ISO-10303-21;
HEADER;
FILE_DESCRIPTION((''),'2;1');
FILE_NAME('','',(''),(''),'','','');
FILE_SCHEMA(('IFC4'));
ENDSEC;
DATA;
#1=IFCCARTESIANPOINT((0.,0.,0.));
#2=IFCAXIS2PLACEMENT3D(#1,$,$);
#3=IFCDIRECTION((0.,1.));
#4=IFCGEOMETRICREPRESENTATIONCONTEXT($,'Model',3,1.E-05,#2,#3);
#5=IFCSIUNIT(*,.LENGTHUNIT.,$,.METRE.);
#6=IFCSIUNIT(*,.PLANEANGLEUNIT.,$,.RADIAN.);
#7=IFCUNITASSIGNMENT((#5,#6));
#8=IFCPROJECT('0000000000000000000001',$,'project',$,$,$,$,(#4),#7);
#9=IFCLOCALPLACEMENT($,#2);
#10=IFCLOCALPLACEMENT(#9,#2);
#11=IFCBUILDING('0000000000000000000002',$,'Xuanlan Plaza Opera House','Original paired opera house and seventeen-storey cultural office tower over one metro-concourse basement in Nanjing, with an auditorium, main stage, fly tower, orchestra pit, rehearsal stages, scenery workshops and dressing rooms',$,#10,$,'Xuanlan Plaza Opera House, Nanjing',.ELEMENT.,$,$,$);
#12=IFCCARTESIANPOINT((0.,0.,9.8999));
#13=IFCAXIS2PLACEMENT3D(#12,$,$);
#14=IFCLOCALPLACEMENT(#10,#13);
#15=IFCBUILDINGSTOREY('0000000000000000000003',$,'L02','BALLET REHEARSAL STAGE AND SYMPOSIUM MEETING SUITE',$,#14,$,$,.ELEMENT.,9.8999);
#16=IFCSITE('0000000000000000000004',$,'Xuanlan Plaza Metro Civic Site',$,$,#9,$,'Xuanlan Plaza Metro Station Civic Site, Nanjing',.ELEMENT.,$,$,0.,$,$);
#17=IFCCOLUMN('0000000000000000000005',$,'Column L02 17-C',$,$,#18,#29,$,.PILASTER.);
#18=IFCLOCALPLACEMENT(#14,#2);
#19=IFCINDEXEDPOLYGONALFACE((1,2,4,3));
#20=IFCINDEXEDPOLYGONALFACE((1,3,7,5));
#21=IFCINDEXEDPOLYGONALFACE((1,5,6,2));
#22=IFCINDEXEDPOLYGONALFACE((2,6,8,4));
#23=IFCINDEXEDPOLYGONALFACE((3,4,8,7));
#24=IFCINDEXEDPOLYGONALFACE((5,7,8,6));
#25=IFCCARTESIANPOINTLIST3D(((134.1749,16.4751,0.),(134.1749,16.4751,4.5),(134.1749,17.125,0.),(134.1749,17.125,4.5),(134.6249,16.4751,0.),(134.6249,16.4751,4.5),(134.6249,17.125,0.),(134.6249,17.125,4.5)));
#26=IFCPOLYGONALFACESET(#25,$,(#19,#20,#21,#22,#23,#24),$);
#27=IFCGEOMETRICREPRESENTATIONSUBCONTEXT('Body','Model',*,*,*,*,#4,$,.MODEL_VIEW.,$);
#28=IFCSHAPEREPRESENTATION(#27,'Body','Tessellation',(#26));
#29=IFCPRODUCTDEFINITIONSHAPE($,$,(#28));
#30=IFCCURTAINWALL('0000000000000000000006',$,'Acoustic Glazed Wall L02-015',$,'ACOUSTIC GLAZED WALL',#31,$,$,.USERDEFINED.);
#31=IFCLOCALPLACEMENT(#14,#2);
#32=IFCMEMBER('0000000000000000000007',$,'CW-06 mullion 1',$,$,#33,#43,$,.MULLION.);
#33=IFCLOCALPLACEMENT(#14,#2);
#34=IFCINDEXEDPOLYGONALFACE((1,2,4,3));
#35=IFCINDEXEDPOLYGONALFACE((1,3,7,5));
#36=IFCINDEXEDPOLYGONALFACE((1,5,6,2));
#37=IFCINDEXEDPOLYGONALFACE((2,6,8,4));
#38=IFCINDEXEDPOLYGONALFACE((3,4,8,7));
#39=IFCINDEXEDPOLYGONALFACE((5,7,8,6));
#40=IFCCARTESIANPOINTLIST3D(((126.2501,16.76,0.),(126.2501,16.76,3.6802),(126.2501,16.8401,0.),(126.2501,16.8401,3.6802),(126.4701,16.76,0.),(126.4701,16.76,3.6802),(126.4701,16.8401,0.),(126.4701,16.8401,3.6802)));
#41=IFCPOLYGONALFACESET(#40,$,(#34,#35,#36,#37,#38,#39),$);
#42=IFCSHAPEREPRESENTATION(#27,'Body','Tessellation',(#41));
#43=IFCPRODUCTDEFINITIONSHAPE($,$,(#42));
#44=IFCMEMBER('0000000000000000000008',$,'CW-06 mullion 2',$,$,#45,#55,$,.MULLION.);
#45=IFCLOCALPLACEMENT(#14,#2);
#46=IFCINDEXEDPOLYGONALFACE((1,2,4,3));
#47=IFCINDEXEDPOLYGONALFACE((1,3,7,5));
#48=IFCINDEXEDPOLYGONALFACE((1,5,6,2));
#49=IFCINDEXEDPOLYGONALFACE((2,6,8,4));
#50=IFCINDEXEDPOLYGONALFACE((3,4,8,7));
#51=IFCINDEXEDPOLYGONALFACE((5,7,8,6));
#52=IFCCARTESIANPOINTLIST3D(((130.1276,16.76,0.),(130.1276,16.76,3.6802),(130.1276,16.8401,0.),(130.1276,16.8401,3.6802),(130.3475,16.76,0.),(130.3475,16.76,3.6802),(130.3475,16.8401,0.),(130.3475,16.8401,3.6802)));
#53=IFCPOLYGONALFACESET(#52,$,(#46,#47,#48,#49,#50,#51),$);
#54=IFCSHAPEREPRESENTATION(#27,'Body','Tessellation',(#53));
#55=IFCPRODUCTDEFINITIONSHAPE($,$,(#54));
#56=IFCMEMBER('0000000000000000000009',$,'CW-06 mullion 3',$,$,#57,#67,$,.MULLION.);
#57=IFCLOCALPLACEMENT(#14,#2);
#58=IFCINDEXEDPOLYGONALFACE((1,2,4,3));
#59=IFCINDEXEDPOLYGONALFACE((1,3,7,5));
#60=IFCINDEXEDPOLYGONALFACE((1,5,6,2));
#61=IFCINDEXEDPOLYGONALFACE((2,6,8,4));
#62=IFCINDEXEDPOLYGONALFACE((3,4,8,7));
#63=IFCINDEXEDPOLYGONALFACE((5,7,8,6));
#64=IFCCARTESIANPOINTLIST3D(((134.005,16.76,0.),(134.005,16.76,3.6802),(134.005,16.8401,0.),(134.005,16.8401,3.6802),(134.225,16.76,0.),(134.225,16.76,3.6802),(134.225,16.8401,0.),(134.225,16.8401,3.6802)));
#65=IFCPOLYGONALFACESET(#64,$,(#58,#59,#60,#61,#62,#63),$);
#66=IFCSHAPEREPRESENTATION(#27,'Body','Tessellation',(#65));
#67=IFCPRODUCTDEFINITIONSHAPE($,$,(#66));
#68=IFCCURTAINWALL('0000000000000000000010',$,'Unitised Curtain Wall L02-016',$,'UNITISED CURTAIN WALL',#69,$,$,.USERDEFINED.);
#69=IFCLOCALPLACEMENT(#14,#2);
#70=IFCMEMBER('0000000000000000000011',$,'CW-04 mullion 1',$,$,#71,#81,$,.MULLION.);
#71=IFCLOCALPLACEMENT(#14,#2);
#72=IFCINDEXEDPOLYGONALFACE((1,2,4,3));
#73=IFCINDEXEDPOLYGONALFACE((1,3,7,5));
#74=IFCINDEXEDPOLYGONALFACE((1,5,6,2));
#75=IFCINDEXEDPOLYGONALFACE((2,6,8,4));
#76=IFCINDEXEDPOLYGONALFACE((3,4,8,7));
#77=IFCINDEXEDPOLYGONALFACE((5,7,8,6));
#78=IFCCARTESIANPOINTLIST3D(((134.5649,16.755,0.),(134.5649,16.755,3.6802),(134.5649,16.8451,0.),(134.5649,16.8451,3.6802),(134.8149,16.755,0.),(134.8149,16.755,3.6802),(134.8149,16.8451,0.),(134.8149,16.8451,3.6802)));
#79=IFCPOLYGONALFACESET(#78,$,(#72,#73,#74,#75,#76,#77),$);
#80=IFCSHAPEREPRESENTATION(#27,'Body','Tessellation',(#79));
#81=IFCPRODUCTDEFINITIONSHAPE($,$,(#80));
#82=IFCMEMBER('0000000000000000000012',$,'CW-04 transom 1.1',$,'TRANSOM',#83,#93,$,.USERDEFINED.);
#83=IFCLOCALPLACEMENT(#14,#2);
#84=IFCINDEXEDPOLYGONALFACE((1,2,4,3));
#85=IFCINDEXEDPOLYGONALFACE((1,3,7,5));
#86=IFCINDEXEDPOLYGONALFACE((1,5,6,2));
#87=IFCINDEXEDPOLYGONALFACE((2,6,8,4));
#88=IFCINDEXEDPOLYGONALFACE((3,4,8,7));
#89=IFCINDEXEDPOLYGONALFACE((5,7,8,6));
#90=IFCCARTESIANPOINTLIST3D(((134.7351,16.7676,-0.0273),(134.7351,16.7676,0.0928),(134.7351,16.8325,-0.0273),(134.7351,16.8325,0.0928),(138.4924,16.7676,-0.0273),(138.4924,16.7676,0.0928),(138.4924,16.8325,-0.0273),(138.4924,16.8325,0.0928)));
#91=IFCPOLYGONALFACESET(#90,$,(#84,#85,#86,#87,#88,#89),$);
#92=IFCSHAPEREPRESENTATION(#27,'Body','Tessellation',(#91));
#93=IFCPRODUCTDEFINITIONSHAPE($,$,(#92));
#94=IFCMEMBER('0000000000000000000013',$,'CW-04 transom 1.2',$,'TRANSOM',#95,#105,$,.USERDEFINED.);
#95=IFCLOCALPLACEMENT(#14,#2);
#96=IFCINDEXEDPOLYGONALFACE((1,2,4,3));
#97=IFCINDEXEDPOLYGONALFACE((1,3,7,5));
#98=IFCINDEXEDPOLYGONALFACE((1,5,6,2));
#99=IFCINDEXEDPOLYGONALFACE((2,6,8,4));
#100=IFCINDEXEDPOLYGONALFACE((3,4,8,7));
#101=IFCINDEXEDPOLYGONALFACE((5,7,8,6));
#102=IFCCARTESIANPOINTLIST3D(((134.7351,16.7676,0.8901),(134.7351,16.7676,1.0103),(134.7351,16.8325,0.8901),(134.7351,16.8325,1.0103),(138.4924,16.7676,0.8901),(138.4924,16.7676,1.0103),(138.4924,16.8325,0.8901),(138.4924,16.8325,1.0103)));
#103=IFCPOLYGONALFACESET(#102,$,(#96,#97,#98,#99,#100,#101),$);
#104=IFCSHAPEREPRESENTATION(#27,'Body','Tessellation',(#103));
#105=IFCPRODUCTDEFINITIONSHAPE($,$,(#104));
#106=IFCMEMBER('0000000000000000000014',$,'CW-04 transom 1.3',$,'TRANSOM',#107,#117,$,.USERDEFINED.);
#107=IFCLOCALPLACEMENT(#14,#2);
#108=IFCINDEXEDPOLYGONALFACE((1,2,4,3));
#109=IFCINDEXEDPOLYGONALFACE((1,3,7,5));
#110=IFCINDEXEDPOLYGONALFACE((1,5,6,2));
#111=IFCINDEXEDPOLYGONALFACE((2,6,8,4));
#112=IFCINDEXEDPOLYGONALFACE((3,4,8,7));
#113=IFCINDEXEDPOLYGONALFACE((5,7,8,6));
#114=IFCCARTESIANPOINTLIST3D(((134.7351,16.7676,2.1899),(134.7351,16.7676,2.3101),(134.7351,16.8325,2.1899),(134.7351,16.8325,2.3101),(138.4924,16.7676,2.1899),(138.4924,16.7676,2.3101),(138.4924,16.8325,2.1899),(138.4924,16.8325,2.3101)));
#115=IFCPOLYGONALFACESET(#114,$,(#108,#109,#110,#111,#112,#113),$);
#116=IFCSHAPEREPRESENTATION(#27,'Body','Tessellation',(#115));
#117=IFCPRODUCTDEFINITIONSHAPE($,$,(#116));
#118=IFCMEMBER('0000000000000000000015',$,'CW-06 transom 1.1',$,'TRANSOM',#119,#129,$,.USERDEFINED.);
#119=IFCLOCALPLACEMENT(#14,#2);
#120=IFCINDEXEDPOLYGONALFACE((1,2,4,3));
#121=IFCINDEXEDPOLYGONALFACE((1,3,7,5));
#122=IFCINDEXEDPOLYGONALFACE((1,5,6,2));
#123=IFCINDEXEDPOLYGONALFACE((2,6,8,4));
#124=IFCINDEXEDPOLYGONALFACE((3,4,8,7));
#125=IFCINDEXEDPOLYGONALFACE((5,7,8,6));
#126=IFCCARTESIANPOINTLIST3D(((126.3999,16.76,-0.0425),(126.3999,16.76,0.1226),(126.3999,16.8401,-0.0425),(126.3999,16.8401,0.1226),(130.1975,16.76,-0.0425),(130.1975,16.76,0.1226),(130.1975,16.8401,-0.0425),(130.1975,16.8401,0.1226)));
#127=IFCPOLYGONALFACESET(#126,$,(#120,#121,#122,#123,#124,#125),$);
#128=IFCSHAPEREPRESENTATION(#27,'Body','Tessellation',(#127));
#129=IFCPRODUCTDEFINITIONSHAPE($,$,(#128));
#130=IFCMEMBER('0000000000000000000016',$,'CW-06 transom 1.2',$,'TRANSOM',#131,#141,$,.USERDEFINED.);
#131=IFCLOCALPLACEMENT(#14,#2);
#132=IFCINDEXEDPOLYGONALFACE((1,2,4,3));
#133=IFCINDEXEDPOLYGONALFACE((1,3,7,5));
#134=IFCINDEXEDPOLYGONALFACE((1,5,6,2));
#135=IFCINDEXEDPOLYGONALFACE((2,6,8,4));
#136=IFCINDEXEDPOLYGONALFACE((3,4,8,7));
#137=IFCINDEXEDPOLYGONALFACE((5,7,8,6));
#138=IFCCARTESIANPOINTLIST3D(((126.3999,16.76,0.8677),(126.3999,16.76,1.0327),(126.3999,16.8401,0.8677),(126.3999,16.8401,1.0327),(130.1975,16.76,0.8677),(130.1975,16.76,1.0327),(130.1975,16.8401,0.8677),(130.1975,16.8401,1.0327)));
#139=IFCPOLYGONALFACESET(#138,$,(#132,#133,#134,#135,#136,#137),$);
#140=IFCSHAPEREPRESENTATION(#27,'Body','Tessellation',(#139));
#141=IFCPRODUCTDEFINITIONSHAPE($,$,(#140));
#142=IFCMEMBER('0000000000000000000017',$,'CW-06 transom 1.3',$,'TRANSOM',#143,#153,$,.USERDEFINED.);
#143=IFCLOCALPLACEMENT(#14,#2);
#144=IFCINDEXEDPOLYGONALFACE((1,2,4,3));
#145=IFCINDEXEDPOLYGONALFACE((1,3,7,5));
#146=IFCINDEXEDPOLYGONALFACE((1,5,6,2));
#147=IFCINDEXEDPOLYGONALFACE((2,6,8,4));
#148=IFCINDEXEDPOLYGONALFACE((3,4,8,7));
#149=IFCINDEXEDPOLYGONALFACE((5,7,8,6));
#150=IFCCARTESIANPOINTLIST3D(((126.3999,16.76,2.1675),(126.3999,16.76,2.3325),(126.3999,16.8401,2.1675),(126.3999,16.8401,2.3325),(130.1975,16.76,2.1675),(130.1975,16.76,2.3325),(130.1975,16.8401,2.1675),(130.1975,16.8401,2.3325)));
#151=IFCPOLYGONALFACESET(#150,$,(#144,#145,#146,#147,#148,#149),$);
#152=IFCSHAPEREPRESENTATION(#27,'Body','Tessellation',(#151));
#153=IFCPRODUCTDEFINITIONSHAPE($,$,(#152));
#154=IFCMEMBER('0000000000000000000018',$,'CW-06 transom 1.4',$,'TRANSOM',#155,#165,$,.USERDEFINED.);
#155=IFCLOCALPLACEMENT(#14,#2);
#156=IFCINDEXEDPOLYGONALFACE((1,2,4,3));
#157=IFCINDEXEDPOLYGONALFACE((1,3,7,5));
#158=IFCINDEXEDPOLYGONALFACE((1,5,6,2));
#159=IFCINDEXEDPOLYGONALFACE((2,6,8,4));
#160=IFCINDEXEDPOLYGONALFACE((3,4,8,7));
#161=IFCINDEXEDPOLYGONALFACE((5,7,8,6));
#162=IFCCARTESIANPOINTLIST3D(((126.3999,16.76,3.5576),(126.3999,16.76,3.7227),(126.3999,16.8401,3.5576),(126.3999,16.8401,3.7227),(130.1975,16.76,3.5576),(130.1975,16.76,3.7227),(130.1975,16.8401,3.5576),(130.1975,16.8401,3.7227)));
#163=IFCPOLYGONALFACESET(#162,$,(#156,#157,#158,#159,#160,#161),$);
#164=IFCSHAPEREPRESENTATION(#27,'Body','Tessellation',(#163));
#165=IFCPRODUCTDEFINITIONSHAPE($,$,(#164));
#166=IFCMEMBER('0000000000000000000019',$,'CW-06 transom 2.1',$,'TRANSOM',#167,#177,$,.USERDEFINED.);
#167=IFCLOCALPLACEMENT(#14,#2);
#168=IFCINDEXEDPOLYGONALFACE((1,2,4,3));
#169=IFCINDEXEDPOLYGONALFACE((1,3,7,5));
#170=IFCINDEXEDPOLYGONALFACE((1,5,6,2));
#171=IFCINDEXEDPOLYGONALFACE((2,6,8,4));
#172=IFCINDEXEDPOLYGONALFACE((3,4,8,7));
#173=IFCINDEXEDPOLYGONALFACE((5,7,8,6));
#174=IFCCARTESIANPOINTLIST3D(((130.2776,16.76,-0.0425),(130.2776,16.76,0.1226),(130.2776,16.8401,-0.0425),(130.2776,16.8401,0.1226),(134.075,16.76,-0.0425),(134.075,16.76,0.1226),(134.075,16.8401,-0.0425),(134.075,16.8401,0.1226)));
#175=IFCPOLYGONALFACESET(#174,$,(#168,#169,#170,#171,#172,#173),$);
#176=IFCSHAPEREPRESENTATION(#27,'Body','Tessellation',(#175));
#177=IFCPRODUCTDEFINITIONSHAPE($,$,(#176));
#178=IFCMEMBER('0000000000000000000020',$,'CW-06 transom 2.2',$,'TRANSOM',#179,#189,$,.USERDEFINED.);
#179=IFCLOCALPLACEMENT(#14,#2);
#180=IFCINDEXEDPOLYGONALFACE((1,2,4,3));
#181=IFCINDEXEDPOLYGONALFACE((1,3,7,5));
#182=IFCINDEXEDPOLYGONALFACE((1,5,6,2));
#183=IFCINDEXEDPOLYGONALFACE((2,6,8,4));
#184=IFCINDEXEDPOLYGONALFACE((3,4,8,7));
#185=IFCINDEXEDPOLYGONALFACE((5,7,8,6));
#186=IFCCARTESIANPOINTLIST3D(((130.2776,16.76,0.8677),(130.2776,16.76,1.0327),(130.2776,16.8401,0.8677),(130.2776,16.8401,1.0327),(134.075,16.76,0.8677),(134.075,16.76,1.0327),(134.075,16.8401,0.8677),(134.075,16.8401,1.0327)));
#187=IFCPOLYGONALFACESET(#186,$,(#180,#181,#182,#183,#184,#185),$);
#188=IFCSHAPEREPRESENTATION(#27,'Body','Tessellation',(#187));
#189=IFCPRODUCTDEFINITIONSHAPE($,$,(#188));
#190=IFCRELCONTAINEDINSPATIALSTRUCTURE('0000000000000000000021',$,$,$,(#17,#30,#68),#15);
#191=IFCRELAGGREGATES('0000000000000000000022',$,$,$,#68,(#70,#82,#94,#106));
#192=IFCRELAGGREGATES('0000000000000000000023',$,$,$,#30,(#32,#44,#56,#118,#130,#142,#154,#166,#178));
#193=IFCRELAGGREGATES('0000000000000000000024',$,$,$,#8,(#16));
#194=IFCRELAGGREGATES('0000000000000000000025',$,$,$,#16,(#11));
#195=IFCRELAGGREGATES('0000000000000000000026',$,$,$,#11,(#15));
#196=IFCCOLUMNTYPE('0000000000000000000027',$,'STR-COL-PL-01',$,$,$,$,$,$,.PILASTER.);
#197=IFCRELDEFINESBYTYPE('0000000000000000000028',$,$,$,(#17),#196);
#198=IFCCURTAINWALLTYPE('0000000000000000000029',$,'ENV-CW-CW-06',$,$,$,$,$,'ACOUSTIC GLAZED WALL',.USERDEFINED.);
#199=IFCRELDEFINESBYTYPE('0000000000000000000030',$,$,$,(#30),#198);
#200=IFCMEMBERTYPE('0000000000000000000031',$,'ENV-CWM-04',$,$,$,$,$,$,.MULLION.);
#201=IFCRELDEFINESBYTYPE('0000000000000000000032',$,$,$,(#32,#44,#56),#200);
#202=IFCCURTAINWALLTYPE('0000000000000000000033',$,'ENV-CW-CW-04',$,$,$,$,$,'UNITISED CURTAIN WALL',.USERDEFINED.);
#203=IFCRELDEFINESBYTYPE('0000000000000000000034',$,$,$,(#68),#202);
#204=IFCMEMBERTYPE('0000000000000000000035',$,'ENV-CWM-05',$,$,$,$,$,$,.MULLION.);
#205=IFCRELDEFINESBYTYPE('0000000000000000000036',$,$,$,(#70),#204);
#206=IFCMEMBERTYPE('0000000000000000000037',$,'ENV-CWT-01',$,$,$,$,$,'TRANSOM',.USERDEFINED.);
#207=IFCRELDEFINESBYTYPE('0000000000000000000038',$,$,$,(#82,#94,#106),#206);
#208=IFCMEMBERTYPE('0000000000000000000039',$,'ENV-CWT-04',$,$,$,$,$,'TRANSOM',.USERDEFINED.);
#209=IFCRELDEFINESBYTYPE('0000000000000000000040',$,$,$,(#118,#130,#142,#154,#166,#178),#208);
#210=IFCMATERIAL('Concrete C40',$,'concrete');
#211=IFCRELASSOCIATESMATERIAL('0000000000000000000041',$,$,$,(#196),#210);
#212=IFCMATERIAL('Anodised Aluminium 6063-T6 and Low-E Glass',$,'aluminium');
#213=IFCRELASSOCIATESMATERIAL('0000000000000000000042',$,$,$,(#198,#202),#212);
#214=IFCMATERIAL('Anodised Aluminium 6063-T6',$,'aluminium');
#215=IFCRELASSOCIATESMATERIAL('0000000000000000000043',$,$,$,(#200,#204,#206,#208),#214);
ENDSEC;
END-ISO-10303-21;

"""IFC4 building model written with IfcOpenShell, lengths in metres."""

from ifc_helpers import new_model, si_unit, direction, frame, origin, origin_2d, place, context, subcontext, project, spatial, rectangle, extrude, material, material_profile, profile_set, type_object, element, aggregate, save


model = new_model("IFC4")

# Units and contexts
model_context = context("Model", 3, precision=1e-05, world=origin(), true_north=direction((0.0, 1.0)))
body_context = subcontext(model_context, "Body", "Model", "MODEL_VIEW")
ifc_project = project(units=[si_unit("LENGTHUNIT", "METRE"), si_unit("PLANEANGLEUNIT", "RADIAN")], contexts=[model_context])

# Site, building, storey
site_placement = place(None, origin())
site = spatial("IfcSite", under=ifc_project, at=site_placement, Name="Xuanlan Plaza Metro Civic Site", LongName="Xuanlan Plaza Metro Station Civic Site, Nanjing", CompositionType="ELEMENT", RefElevation=0.0)
building_placement = place(site_placement, origin())
building = spatial("IfcBuilding", under=site, at=building_placement, Name="Xuanlan Plaza Opera House", Description="Original paired opera house and seventeen-storey cultural office tower over one metro-concourse basement in Nanjing, with an auditorium, main stage, fly tower, orchestra pit, rehearsal stages, scenery workshops and dressing rooms", LongName="Xuanlan Plaza Opera House, Nanjing", CompositionType="ELEMENT")
storey_placement = place(building_placement, frame((0.0, 0.0, 9.8999)))
storey = spatial("IfcBuildingStorey", under=building, at=storey_placement, Name="L02", Description="BALLET REHEARSAL STAGE AND SYMPOSIUM MEETING SUITE", CompositionType="ELEMENT", Elevation=9.8999)

# Column
ifc_material_1 = material(Name="Concrete C40", Category="concrete")
ifc_material_profile_1 = material_profile(ifc_material_1, rectangle(XDim=0.45, YDim=0.6499, at=origin_2d()), Name="RC-PIL 450x650")
ifc_profile_set_1 = profile_set([ifc_material_profile_1], Name="Concrete C40")
column_type = type_object("IfcColumnType", Name="STR-COL-PL-01", PredefinedType="PILASTER", material=ifc_profile_set_1)
column_placement = place(storey_placement, frame((134.3999, 16.8, 0.0), z_axis=(0.0, 0.0, 1.0), x_axis=(1.0, 0.0, 0.0)))
element("IfcColumn", 1, at=column_placement, inside=storey, type_object=column_type, Name="Column L02 17-C", PredefinedType="PILASTER", context=body_context, shape_type="SweptSolid", body=[
    extrude(rectangle(XDim=0.45, YDim=0.6499, at=origin_2d()), origin(), (0.0, 0.0, 1.0), 4.5),
])

# Curtain walls, members
ifc_material_2 = material(Name="Anodised Aluminium 6063-T6 and Low-E Glass", Category="aluminium")
curtain_wall_type_1 = type_object("IfcCurtainWallType", Name="ENV-CW-CW-06", ElementType="ACOUSTIC GLAZED WALL", PredefinedType="USERDEFINED", material=ifc_material_2)
curtain_wall_1_placement = place(storey_placement, origin())
curtain_wall_1 = element("IfcCurtainWall", 2, at=curtain_wall_1_placement, inside=storey, type_object=curtain_wall_type_1, Name="Acoustic Glazed Wall L02-015", ObjectType="ACOUSTIC GLAZED WALL", PredefinedType="USERDEFINED")
ifc_material_3 = material(Name="Anodised Aluminium 6063-T6", Category="aluminium")
ifc_material_profile_2 = material_profile(ifc_material_3, rectangle(XDim=0.0801, YDim=0.22, at=origin_2d()), Name="ALU-M 80x220")
ifc_profile_set_2 = profile_set([ifc_material_profile_2], Name="Anodised Aluminium 6063-T6")
member_type_1 = type_object("IfcMemberType", Name="ENV-CWM-04", PredefinedType="MULLION", material=ifc_profile_set_2)
member_1_placement = place(storey_placement, frame((126.3601, 16.8, 0.0), z_axis=(0.0, 0.0, 1.0), x_axis=(0.0, 1.0, 0.0)))
member_1 = element("IfcMember", 3, at=member_1_placement, type_object=member_type_1, Name="CW-06 mullion 1", PredefinedType="MULLION", context=body_context, shape_type="SweptSolid", body=[
    extrude(rectangle(XDim=0.0801, YDim=0.22, at=origin_2d()), origin(), (0.0, 0.0, 1.0), 3.6802),
])
member_2_placement = place(storey_placement, frame((130.2375, 16.8, 0.0), z_axis=(0.0, 0.0, 1.0), x_axis=(0.0, 1.0, 0.0)))
member_2 = element("IfcMember", 4, at=member_2_placement, type_object=member_type_1, Name="CW-06 mullion 2", PredefinedType="MULLION", context=body_context, shape_type="SweptSolid", body=[
    extrude(rectangle(XDim=0.0801, YDim=0.22, at=origin_2d()), origin(), (0.0, 0.0, 1.0), 3.6802),
])
member_3_placement = place(storey_placement, frame((134.115, 16.8, 0.0), z_axis=(0.0, 0.0, 1.0), x_axis=(0.0, 1.0, 0.0)))
member_3 = element("IfcMember", 5, at=member_3_placement, type_object=member_type_1, Name="CW-06 mullion 3", PredefinedType="MULLION", context=body_context, shape_type="SweptSolid", body=[
    extrude(rectangle(XDim=0.0801, YDim=0.22, at=origin_2d()), origin(), (0.0, 0.0, 1.0), 3.6802),
])
curtain_wall_type_2 = type_object("IfcCurtainWallType", Name="ENV-CW-CW-04", ElementType="UNITISED CURTAIN WALL", PredefinedType="USERDEFINED", material=ifc_material_2)
curtain_wall_2_placement = place(storey_placement, origin())
curtain_wall_2 = element("IfcCurtainWall", 6, at=curtain_wall_2_placement, inside=storey, type_object=curtain_wall_type_2, Name="Unitised Curtain Wall L02-016", ObjectType="UNITISED CURTAIN WALL", PredefinedType="USERDEFINED")
ifc_material_profile_3 = material_profile(ifc_material_3, rectangle(XDim=0.0901, YDim=0.25, at=origin_2d()), Name="ALU-M 90x250")
ifc_profile_set_3 = profile_set([ifc_material_profile_3], Name="Anodised Aluminium 6063-T6")
member_type_2 = type_object("IfcMemberType", Name="ENV-CWM-05", PredefinedType="MULLION", material=ifc_profile_set_3)
member_4_placement = place(storey_placement, frame((134.6899, 16.8, 0.0), z_axis=(0.0, 0.0, 1.0), x_axis=(0.0, 1.0, 0.0)))
member_4 = element("IfcMember", 7, at=member_4_placement, type_object=member_type_2, Name="CW-04 mullion 1", PredefinedType="MULLION", context=body_context, shape_type="SweptSolid", body=[
    extrude(rectangle(XDim=0.0901, YDim=0.25, at=origin_2d()), origin(), (0.0, 0.0, 1.0), 3.6802),
])
ifc_material_profile_4 = material_profile(ifc_material_3, rectangle(XDim=0.0649, YDim=0.1201, at=origin_2d()), Name="ALU-T 65x120")
ifc_profile_set_4 = profile_set([ifc_material_profile_4], Name="Anodised Aluminium 6063-T6")
member_type_3 = type_object("IfcMemberType", Name="ENV-CWT-01", ElementType="TRANSOM", PredefinedType="USERDEFINED", material=ifc_profile_set_4)
member_5_placement = place(storey_placement, frame((134.7351, 16.8, 0.0327), z_axis=(1.0, 0.0, 0.0), x_axis=(0.0, 1.0, 0.0)))
member_5 = element("IfcMember", 8, at=member_5_placement, type_object=member_type_3, Name="CW-04 transom 1.1", ObjectType="TRANSOM", PredefinedType="USERDEFINED", context=body_context, shape_type="SweptSolid", body=[
    extrude(rectangle(XDim=0.0649, YDim=0.1201, at=origin_2d()), origin(), (0.0, 0.0, 1.0), 3.7573),
])
member_6_placement = place(storey_placement, frame((134.7351, 16.8, 0.9502), z_axis=(1.0, 0.0, 0.0), x_axis=(0.0, 1.0, 0.0)))
member_6 = element("IfcMember", 9, at=member_6_placement, type_object=member_type_3, Name="CW-04 transom 1.2", ObjectType="TRANSOM", PredefinedType="USERDEFINED", context=body_context, shape_type="SweptSolid", body=[
    extrude(rectangle(XDim=0.0649, YDim=0.1201, at=origin_2d()), origin(), (0.0, 0.0, 1.0), 3.7573),
])
member_7_placement = place(storey_placement, frame((134.7351, 16.8, 2.25), z_axis=(1.0, 0.0, 0.0), x_axis=(0.0, 1.0, 0.0)))
member_7 = element("IfcMember", 10, at=member_7_placement, type_object=member_type_3, Name="CW-04 transom 1.3", ObjectType="TRANSOM", PredefinedType="USERDEFINED", context=body_context, shape_type="SweptSolid", body=[
    extrude(rectangle(XDim=0.0649, YDim=0.1201, at=origin_2d()), origin(), (0.0, 0.0, 1.0), 3.7573),
])
aggregate(curtain_wall_2, [member_4, member_5, member_6, member_7])

# Members
ifc_material_profile_5 = material_profile(ifc_material_3, rectangle(XDim=0.0801, YDim=0.165, at=origin_2d()), Name="ALU-T 80x165")
ifc_profile_set_5 = profile_set([ifc_material_profile_5], Name="Anodised Aluminium 6063-T6")
member_type_4 = type_object("IfcMemberType", Name="ENV-CWT-04", ElementType="TRANSOM", PredefinedType="USERDEFINED", material=ifc_profile_set_5)
member_8_placement = place(storey_placement, frame((126.3999, 16.8, 0.04), z_axis=(1.0, 0.0, 0.0), x_axis=(0.0, 1.0, 0.0)))
member_8 = element("IfcMember", 11, at=member_8_placement, type_object=member_type_4, Name="CW-06 transom 1.1", ObjectType="TRANSOM", PredefinedType="USERDEFINED", context=body_context, shape_type="SweptSolid", body=[
    extrude(rectangle(XDim=0.0801, YDim=0.165, at=origin_2d()), origin(), (0.0, 0.0, 1.0), 3.7976),
])
member_9_placement = place(storey_placement, frame((126.3999, 16.8, 0.9502), z_axis=(1.0, 0.0, 0.0), x_axis=(0.0, 1.0, 0.0)))
member_9 = element("IfcMember", 12, at=member_9_placement, type_object=member_type_4, Name="CW-06 transom 1.2", ObjectType="TRANSOM", PredefinedType="USERDEFINED", context=body_context, shape_type="SweptSolid", body=[
    extrude(rectangle(XDim=0.0801, YDim=0.165, at=origin_2d()), origin(), (0.0, 0.0, 1.0), 3.7976),
])
member_10_placement = place(storey_placement, frame((126.3999, 16.8, 2.25), z_axis=(1.0, 0.0, 0.0), x_axis=(0.0, 1.0, 0.0)))
member_10 = element("IfcMember", 13, at=member_10_placement, type_object=member_type_4, Name="CW-06 transom 1.3", ObjectType="TRANSOM", PredefinedType="USERDEFINED", context=body_context, shape_type="SweptSolid", body=[
    extrude(rectangle(XDim=0.0801, YDim=0.165, at=origin_2d()), origin(), (0.0, 0.0, 1.0), 3.7976),
])
member_11_placement = place(storey_placement, frame((126.3999, 16.8, 3.6401), z_axis=(1.0, 0.0, 0.0), x_axis=(0.0, 1.0, 0.0)))
member_11 = element("IfcMember", 14, at=member_11_placement, type_object=member_type_4, Name="CW-06 transom 1.4", ObjectType="TRANSOM", PredefinedType="USERDEFINED", context=body_context, shape_type="SweptSolid", body=[
    extrude(rectangle(XDim=0.0801, YDim=0.165, at=origin_2d()), origin(), (0.0, 0.0, 1.0), 3.7976),
])
member_12_placement = place(storey_placement, frame((130.2776, 16.8, 0.04), z_axis=(1.0, 0.0, 0.0), x_axis=(0.0, 1.0, 0.0)))
member_12 = element("IfcMember", 15, at=member_12_placement, type_object=member_type_4, Name="CW-06 transom 2.1", ObjectType="TRANSOM", PredefinedType="USERDEFINED", context=body_context, shape_type="SweptSolid", body=[
    extrude(rectangle(XDim=0.0801, YDim=0.165, at=origin_2d()), origin(), (0.0, 0.0, 1.0), 3.7974),
])
member_13_placement = place(storey_placement, frame((130.2776, 16.8, 0.9502), z_axis=(1.0, 0.0, 0.0), x_axis=(0.0, 1.0, 0.0)))
member_13 = element("IfcMember", 16, at=member_13_placement, type_object=member_type_4, Name="CW-06 transom 2.2", ObjectType="TRANSOM", PredefinedType="USERDEFINED", context=body_context, shape_type="SweptSolid", body=[
    extrude(rectangle(XDim=0.0801, YDim=0.165, at=origin_2d()), origin(), (0.0, 0.0, 1.0), 3.7974),
])

aggregate(curtain_wall_1, [member_1, member_2, member_3, member_8, member_9, member_10, member_11, member_12, member_13])

save(model, "model.ifc")
